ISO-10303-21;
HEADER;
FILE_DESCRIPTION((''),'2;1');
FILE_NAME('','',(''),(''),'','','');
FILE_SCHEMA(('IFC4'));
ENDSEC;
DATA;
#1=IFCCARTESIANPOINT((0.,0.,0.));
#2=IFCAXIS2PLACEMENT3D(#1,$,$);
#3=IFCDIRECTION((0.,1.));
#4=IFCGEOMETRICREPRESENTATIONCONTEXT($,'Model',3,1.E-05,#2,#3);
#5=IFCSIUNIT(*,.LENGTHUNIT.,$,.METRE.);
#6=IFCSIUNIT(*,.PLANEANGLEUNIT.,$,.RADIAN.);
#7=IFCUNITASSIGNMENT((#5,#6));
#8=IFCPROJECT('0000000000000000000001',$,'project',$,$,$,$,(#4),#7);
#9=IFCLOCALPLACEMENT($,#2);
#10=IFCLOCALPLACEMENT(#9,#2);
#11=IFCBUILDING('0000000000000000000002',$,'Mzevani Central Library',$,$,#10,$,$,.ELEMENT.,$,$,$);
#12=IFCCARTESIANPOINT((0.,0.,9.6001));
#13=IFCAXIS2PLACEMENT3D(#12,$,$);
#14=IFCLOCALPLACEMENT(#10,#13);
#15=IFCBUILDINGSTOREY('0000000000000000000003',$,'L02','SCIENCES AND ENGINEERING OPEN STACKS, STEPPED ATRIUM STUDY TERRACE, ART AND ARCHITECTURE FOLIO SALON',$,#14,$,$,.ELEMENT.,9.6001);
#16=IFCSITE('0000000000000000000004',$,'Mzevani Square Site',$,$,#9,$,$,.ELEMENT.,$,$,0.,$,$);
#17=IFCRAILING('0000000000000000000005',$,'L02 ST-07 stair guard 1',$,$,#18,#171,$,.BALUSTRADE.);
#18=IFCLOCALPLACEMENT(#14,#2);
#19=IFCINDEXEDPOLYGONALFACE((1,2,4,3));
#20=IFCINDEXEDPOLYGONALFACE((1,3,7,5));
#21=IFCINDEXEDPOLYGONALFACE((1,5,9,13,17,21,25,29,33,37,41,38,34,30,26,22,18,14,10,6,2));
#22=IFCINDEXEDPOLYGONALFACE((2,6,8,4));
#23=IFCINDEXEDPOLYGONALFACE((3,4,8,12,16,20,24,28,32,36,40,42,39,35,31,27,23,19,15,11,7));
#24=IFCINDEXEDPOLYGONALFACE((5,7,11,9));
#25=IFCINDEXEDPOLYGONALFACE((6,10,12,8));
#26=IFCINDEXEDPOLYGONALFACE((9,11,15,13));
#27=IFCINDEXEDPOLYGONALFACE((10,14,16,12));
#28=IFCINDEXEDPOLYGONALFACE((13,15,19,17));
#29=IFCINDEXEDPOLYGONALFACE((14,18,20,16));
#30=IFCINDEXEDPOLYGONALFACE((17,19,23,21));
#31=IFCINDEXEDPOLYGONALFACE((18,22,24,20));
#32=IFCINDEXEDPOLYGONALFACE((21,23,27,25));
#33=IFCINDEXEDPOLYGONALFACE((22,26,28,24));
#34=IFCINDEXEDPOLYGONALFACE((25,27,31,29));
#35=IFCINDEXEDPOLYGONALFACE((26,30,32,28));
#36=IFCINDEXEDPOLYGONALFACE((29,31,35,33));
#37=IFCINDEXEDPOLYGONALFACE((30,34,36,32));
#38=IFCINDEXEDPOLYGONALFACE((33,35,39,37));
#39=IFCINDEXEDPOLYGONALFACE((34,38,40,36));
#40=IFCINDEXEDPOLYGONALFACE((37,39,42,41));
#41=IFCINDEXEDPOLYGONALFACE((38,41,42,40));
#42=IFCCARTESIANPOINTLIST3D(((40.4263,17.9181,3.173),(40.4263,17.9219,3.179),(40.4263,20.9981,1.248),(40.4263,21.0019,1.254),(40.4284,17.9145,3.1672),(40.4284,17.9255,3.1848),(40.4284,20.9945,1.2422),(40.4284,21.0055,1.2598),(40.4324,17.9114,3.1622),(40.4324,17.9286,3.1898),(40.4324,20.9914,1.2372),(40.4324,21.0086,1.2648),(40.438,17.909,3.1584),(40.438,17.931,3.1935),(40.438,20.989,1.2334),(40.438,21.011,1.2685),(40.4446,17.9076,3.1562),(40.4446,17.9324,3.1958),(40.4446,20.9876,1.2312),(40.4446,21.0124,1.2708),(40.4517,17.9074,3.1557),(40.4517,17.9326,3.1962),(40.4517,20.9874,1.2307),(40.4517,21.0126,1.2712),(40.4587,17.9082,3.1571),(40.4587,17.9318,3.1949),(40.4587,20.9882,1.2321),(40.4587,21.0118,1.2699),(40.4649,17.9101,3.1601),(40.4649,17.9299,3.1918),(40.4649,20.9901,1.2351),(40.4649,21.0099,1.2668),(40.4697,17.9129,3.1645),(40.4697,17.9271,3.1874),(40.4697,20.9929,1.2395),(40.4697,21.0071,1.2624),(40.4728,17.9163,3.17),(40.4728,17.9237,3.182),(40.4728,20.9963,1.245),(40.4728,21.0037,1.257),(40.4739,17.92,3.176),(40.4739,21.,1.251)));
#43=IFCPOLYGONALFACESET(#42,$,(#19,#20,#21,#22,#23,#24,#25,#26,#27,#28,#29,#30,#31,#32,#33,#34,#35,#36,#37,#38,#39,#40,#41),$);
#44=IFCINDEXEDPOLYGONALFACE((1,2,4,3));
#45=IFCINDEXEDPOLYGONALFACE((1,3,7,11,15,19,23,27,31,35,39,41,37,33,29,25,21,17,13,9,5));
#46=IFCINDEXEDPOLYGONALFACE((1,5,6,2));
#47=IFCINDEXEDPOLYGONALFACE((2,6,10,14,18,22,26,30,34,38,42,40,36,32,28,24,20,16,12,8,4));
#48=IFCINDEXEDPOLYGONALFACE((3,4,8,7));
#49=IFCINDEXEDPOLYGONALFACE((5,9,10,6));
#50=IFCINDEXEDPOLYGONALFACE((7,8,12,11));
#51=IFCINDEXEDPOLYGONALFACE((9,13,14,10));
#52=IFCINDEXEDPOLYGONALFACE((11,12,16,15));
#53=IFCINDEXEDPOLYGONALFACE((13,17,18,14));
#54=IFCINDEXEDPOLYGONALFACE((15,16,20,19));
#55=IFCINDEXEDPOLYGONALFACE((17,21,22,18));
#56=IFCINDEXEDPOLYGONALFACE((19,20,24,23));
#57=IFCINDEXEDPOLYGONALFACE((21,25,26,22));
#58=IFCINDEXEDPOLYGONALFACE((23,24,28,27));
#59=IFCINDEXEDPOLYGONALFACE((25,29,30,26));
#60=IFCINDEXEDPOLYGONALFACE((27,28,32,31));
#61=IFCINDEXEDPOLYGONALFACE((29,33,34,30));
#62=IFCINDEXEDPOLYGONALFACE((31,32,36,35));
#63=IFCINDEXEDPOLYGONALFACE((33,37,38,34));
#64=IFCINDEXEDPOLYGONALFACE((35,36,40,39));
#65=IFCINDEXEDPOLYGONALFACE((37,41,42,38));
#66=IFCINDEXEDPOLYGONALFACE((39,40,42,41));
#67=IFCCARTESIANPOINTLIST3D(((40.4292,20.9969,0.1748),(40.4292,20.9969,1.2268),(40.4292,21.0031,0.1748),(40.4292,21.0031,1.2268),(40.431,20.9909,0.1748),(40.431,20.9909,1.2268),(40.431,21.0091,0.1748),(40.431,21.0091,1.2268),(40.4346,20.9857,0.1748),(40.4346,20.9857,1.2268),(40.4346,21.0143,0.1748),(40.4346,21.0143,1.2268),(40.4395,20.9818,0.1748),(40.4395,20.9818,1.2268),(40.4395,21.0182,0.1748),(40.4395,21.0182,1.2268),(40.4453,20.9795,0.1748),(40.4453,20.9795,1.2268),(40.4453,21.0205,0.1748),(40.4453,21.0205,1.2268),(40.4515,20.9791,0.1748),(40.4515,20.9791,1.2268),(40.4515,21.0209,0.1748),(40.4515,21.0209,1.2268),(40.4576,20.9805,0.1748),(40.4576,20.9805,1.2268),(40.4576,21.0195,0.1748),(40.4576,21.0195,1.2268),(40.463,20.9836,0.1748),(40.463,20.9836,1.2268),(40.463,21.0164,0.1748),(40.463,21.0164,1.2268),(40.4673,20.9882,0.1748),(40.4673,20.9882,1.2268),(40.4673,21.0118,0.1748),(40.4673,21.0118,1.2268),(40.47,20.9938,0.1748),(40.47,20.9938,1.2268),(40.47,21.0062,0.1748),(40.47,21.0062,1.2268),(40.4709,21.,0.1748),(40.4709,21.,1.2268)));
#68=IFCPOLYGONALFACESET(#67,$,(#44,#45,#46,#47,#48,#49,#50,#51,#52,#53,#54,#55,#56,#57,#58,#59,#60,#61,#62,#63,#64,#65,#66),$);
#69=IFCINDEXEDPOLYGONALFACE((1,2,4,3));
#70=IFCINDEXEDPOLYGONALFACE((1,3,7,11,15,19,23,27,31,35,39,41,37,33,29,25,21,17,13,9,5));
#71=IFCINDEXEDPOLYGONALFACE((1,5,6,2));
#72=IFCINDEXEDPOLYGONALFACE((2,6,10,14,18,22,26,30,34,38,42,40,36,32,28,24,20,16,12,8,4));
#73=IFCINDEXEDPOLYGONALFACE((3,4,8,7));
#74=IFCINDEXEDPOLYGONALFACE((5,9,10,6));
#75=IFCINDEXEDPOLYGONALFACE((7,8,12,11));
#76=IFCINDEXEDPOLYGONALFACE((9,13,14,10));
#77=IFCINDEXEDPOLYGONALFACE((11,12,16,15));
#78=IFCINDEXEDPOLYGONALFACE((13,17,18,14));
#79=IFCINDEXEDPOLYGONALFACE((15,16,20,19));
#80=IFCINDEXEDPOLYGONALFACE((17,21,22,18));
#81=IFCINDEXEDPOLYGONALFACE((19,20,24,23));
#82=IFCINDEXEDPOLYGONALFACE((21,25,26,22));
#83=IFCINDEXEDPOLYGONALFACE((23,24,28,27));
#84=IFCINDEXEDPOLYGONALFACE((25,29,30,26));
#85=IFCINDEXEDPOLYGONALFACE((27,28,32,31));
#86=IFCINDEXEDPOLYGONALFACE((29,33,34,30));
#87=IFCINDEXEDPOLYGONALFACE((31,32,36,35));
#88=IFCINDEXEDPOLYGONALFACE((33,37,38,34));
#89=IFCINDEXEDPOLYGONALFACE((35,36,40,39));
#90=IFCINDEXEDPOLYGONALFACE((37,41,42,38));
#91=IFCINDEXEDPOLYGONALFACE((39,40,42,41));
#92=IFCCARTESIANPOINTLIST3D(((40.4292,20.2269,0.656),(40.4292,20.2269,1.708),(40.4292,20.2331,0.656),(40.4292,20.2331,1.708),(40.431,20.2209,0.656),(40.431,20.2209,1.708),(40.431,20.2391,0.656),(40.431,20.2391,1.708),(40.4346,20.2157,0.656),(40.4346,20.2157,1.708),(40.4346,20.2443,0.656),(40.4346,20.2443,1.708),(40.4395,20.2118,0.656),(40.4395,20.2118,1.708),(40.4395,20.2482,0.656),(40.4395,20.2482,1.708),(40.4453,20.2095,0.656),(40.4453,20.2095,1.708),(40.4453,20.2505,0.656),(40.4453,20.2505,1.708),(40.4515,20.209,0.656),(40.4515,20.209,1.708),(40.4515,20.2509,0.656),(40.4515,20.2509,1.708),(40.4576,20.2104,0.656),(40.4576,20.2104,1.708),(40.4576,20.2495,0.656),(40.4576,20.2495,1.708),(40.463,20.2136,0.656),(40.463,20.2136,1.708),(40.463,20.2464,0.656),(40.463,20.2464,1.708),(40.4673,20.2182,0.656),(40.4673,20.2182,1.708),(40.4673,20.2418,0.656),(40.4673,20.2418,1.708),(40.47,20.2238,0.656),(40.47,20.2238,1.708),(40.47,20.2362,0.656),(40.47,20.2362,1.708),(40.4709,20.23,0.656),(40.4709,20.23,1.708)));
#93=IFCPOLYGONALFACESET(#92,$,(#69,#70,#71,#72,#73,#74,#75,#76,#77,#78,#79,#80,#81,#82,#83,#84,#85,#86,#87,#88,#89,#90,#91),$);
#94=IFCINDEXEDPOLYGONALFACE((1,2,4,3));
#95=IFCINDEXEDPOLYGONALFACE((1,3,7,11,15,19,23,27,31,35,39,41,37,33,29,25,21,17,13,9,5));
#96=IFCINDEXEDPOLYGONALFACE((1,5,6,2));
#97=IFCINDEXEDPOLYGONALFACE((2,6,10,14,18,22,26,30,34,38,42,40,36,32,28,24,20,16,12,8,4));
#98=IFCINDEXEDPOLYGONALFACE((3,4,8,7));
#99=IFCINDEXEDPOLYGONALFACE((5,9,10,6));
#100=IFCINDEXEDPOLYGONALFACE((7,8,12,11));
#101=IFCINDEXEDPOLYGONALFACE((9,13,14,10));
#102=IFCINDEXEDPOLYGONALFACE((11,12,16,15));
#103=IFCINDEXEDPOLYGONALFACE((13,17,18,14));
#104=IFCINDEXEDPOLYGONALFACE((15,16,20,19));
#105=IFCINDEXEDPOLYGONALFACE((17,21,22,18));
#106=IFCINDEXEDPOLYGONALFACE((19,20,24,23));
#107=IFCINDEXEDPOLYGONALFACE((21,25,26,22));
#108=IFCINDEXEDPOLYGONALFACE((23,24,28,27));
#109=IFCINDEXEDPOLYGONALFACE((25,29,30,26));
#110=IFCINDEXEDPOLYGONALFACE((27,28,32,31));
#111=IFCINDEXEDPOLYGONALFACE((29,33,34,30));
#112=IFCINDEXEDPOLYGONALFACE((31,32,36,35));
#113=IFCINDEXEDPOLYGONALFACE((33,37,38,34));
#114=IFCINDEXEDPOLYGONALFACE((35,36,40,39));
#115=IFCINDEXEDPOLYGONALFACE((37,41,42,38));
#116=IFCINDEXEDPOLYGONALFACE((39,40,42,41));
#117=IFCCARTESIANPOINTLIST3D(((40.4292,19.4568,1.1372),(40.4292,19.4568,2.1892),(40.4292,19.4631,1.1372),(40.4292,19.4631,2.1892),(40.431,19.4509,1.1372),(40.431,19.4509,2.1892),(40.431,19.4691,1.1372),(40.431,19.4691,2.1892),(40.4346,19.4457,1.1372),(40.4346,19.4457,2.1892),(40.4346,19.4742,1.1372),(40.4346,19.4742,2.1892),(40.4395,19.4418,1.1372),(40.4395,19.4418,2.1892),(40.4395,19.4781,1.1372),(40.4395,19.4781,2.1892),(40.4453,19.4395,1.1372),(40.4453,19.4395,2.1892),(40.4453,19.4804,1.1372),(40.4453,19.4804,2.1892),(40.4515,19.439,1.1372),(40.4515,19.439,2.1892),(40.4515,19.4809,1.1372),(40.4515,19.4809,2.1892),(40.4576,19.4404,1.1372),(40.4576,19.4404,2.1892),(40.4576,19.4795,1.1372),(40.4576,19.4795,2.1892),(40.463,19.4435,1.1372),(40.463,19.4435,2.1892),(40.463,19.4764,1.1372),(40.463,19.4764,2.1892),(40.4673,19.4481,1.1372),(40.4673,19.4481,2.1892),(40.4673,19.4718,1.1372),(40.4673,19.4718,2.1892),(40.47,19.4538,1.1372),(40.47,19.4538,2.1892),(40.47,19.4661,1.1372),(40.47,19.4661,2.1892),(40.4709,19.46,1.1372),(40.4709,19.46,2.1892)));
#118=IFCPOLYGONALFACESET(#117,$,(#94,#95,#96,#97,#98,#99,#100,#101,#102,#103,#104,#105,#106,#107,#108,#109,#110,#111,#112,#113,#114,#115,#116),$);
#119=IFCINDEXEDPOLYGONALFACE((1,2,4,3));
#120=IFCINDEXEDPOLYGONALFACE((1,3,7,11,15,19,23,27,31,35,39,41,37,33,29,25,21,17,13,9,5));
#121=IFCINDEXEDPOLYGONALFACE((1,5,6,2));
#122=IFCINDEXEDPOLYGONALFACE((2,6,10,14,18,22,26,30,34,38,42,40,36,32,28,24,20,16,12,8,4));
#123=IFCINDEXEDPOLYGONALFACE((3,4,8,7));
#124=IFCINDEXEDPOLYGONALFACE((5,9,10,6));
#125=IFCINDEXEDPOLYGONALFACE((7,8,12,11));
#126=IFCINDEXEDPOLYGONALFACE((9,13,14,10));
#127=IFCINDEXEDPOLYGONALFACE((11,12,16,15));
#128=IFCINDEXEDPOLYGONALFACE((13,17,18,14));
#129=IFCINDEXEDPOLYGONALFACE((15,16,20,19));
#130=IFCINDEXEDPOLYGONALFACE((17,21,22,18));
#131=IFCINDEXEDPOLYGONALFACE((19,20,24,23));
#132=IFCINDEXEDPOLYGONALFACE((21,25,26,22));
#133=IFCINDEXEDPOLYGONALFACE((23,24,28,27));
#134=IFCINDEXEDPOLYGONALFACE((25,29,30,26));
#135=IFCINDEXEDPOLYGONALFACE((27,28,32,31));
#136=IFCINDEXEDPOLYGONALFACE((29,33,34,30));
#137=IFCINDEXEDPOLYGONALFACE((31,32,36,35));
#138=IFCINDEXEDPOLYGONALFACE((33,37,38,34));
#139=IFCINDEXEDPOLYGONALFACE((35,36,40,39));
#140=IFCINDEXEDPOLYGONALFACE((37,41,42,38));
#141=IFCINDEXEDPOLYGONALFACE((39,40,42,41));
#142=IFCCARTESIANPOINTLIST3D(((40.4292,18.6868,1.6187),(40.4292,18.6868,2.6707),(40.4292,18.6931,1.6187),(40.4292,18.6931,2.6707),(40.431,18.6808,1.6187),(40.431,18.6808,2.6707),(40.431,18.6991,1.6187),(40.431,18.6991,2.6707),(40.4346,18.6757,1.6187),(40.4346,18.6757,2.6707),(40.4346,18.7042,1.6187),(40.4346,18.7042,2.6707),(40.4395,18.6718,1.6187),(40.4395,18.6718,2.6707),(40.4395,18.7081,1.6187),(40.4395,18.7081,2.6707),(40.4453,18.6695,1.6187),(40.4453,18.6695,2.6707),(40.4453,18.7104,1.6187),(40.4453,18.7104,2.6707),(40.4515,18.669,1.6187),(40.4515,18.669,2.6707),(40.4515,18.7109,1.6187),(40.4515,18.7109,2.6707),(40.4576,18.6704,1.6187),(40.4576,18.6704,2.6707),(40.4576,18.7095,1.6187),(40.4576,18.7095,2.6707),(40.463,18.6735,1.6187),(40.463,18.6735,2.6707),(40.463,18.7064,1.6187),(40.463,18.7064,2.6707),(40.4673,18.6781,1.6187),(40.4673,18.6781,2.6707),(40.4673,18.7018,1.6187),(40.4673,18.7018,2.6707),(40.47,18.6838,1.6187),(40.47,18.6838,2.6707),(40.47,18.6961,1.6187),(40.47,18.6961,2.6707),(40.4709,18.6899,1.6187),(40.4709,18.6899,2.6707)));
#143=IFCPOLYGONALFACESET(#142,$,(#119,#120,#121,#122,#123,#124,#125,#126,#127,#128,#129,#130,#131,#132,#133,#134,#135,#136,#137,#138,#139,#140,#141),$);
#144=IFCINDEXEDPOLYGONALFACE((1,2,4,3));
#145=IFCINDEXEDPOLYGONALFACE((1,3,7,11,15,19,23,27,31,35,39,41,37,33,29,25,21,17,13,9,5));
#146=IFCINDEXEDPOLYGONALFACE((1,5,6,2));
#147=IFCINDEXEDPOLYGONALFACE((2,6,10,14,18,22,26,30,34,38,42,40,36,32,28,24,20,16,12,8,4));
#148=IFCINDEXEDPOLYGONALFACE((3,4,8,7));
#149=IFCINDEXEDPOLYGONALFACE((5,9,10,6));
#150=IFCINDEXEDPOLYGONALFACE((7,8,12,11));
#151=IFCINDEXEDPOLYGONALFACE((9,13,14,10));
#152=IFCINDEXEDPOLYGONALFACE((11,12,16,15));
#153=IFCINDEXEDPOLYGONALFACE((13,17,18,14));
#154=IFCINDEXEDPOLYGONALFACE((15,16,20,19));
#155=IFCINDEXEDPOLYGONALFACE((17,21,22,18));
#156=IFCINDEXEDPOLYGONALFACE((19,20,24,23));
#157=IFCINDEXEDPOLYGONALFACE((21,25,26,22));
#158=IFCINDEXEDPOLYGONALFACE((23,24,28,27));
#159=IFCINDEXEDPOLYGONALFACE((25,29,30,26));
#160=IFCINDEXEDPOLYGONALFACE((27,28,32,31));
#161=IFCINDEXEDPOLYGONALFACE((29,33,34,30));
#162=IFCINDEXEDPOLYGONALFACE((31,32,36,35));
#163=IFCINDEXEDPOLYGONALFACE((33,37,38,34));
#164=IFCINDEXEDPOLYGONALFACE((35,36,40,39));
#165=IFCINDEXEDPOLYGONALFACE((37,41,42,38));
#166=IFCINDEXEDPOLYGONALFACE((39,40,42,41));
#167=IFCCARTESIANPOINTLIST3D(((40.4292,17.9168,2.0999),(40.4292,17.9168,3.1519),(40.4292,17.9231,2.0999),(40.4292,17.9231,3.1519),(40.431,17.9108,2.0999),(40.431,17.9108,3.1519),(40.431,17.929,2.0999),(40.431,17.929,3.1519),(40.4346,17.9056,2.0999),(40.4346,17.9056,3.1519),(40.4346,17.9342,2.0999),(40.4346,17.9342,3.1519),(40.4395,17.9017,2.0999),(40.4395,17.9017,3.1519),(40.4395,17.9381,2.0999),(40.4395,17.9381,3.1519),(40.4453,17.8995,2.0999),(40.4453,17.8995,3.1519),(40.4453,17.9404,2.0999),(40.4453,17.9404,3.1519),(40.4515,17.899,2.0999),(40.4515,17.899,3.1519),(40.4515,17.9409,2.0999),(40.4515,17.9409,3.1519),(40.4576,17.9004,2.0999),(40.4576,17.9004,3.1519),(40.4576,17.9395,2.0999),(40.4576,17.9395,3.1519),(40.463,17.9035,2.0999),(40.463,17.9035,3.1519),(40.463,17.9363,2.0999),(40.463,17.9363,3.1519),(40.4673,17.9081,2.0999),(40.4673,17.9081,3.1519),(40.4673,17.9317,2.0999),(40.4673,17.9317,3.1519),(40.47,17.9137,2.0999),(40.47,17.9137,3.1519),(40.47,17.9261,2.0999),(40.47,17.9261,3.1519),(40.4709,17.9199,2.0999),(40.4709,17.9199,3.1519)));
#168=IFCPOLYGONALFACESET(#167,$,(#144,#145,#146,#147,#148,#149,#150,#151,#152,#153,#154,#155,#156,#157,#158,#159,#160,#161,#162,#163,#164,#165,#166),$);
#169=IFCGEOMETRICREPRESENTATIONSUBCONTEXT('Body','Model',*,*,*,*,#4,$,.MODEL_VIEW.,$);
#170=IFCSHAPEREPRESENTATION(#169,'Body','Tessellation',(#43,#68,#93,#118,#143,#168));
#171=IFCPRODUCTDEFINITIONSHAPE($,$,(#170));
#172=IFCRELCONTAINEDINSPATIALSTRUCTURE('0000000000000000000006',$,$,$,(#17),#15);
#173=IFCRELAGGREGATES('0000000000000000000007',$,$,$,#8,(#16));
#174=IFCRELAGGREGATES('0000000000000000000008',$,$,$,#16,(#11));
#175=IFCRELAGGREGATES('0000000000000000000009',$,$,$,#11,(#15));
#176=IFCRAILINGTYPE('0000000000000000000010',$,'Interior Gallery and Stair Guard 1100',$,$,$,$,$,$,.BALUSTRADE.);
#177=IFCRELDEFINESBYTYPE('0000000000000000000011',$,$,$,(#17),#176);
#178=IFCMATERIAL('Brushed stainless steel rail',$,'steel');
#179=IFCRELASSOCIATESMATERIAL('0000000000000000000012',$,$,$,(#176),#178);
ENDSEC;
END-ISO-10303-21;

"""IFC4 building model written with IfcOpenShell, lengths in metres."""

from ifc_helpers import new_model, si_unit, direction, frame, origin, origin_2d, place, context, subcontext, project, spatial, circle, extrude, material, type_object, element, save


model = new_model("IFC4")

# Units and contexts
model_context = context("Model", 3, precision=1e-05, world=origin(), true_north=direction((0.0, 1.0)))
body_context = subcontext(model_context, "Body", "Model", "MODEL_VIEW")
ifc_project = project(units=[si_unit("LENGTHUNIT", "METRE"), si_unit("PLANEANGLEUNIT", "RADIAN")], contexts=[model_context])

# Site, building, storey
site_placement = place(None, origin())
site = spatial("IfcSite", under=ifc_project, at=site_placement, Name="Mzevani Square Site", CompositionType="ELEMENT", RefElevation=0.0)
building_placement = place(site_placement, origin())
building = spatial("IfcBuilding", under=site, at=building_placement, Name="Mzevani Central Library", CompositionType="ELEMENT")
storey_placement = place(building_placement, frame((0.0, 0.0, 9.6001)))
storey = spatial("IfcBuildingStorey", under=building, at=storey_placement, Name="L02", Description="SCIENCES AND ENGINEERING OPEN STACKS, STEPPED ATRIUM STUDY TERRACE, ART AND ARCHITECTURE FOLIO SALON", CompositionType="ELEMENT", Elevation=9.6001)

# Railing
ifc_material_1 = material(Name="Brushed stainless steel rail", Category="steel")
railing_type_1 = type_object("IfcRailingType", Name="Interior Gallery and Stair Guard 1100", PredefinedType="BALUSTRADE", material=ifc_material_1)
railing_1_placement = place(storey_placement, frame((40.45, 21.0, 0.1748)))
element("IfcRailing", 1, at=railing_1_placement, inside=storey, type_object=railing_type_1, Name="L02 ST-07 stair guard 1", PredefinedType="BALUSTRADE", context=body_context, shape_type="SweptSolid", body=[
    extrude(circle(Radius=0.0239, at=origin_2d()), frame((0.0, 0.0, 1.0762), z_axis=(0.0, -0.847998, 0.529999), x_axis=(1.0, 0.0, 0.0)), (0.0, 0.0, 1.0), 3.6321),
    extrude(circle(Radius=0.021, at=origin_2d()), origin(), (0.0, 0.0, 1.0), 1.052),
    extrude(circle(Radius=0.021, at=origin_2d()), frame((0.0, -0.77, 0.4812)), (0.0, 0.0, 1.0), 1.052),
    extrude(circle(Radius=0.021, at=origin_2d()), frame((0.0, -1.54, 0.9624)), (0.0, 0.0, 1.0), 1.052),
    extrude(circle(Radius=0.021, at=origin_2d()), frame((0.0, -2.3101, 1.4438)), (0.0, 0.0, 1.0), 1.052),
    extrude(circle(Radius=0.021, at=origin_2d()), frame((0.0, -3.0801, 1.925)), (0.0, 0.0, 1.0), 1.052),
])

save(model, "model.ifc")
